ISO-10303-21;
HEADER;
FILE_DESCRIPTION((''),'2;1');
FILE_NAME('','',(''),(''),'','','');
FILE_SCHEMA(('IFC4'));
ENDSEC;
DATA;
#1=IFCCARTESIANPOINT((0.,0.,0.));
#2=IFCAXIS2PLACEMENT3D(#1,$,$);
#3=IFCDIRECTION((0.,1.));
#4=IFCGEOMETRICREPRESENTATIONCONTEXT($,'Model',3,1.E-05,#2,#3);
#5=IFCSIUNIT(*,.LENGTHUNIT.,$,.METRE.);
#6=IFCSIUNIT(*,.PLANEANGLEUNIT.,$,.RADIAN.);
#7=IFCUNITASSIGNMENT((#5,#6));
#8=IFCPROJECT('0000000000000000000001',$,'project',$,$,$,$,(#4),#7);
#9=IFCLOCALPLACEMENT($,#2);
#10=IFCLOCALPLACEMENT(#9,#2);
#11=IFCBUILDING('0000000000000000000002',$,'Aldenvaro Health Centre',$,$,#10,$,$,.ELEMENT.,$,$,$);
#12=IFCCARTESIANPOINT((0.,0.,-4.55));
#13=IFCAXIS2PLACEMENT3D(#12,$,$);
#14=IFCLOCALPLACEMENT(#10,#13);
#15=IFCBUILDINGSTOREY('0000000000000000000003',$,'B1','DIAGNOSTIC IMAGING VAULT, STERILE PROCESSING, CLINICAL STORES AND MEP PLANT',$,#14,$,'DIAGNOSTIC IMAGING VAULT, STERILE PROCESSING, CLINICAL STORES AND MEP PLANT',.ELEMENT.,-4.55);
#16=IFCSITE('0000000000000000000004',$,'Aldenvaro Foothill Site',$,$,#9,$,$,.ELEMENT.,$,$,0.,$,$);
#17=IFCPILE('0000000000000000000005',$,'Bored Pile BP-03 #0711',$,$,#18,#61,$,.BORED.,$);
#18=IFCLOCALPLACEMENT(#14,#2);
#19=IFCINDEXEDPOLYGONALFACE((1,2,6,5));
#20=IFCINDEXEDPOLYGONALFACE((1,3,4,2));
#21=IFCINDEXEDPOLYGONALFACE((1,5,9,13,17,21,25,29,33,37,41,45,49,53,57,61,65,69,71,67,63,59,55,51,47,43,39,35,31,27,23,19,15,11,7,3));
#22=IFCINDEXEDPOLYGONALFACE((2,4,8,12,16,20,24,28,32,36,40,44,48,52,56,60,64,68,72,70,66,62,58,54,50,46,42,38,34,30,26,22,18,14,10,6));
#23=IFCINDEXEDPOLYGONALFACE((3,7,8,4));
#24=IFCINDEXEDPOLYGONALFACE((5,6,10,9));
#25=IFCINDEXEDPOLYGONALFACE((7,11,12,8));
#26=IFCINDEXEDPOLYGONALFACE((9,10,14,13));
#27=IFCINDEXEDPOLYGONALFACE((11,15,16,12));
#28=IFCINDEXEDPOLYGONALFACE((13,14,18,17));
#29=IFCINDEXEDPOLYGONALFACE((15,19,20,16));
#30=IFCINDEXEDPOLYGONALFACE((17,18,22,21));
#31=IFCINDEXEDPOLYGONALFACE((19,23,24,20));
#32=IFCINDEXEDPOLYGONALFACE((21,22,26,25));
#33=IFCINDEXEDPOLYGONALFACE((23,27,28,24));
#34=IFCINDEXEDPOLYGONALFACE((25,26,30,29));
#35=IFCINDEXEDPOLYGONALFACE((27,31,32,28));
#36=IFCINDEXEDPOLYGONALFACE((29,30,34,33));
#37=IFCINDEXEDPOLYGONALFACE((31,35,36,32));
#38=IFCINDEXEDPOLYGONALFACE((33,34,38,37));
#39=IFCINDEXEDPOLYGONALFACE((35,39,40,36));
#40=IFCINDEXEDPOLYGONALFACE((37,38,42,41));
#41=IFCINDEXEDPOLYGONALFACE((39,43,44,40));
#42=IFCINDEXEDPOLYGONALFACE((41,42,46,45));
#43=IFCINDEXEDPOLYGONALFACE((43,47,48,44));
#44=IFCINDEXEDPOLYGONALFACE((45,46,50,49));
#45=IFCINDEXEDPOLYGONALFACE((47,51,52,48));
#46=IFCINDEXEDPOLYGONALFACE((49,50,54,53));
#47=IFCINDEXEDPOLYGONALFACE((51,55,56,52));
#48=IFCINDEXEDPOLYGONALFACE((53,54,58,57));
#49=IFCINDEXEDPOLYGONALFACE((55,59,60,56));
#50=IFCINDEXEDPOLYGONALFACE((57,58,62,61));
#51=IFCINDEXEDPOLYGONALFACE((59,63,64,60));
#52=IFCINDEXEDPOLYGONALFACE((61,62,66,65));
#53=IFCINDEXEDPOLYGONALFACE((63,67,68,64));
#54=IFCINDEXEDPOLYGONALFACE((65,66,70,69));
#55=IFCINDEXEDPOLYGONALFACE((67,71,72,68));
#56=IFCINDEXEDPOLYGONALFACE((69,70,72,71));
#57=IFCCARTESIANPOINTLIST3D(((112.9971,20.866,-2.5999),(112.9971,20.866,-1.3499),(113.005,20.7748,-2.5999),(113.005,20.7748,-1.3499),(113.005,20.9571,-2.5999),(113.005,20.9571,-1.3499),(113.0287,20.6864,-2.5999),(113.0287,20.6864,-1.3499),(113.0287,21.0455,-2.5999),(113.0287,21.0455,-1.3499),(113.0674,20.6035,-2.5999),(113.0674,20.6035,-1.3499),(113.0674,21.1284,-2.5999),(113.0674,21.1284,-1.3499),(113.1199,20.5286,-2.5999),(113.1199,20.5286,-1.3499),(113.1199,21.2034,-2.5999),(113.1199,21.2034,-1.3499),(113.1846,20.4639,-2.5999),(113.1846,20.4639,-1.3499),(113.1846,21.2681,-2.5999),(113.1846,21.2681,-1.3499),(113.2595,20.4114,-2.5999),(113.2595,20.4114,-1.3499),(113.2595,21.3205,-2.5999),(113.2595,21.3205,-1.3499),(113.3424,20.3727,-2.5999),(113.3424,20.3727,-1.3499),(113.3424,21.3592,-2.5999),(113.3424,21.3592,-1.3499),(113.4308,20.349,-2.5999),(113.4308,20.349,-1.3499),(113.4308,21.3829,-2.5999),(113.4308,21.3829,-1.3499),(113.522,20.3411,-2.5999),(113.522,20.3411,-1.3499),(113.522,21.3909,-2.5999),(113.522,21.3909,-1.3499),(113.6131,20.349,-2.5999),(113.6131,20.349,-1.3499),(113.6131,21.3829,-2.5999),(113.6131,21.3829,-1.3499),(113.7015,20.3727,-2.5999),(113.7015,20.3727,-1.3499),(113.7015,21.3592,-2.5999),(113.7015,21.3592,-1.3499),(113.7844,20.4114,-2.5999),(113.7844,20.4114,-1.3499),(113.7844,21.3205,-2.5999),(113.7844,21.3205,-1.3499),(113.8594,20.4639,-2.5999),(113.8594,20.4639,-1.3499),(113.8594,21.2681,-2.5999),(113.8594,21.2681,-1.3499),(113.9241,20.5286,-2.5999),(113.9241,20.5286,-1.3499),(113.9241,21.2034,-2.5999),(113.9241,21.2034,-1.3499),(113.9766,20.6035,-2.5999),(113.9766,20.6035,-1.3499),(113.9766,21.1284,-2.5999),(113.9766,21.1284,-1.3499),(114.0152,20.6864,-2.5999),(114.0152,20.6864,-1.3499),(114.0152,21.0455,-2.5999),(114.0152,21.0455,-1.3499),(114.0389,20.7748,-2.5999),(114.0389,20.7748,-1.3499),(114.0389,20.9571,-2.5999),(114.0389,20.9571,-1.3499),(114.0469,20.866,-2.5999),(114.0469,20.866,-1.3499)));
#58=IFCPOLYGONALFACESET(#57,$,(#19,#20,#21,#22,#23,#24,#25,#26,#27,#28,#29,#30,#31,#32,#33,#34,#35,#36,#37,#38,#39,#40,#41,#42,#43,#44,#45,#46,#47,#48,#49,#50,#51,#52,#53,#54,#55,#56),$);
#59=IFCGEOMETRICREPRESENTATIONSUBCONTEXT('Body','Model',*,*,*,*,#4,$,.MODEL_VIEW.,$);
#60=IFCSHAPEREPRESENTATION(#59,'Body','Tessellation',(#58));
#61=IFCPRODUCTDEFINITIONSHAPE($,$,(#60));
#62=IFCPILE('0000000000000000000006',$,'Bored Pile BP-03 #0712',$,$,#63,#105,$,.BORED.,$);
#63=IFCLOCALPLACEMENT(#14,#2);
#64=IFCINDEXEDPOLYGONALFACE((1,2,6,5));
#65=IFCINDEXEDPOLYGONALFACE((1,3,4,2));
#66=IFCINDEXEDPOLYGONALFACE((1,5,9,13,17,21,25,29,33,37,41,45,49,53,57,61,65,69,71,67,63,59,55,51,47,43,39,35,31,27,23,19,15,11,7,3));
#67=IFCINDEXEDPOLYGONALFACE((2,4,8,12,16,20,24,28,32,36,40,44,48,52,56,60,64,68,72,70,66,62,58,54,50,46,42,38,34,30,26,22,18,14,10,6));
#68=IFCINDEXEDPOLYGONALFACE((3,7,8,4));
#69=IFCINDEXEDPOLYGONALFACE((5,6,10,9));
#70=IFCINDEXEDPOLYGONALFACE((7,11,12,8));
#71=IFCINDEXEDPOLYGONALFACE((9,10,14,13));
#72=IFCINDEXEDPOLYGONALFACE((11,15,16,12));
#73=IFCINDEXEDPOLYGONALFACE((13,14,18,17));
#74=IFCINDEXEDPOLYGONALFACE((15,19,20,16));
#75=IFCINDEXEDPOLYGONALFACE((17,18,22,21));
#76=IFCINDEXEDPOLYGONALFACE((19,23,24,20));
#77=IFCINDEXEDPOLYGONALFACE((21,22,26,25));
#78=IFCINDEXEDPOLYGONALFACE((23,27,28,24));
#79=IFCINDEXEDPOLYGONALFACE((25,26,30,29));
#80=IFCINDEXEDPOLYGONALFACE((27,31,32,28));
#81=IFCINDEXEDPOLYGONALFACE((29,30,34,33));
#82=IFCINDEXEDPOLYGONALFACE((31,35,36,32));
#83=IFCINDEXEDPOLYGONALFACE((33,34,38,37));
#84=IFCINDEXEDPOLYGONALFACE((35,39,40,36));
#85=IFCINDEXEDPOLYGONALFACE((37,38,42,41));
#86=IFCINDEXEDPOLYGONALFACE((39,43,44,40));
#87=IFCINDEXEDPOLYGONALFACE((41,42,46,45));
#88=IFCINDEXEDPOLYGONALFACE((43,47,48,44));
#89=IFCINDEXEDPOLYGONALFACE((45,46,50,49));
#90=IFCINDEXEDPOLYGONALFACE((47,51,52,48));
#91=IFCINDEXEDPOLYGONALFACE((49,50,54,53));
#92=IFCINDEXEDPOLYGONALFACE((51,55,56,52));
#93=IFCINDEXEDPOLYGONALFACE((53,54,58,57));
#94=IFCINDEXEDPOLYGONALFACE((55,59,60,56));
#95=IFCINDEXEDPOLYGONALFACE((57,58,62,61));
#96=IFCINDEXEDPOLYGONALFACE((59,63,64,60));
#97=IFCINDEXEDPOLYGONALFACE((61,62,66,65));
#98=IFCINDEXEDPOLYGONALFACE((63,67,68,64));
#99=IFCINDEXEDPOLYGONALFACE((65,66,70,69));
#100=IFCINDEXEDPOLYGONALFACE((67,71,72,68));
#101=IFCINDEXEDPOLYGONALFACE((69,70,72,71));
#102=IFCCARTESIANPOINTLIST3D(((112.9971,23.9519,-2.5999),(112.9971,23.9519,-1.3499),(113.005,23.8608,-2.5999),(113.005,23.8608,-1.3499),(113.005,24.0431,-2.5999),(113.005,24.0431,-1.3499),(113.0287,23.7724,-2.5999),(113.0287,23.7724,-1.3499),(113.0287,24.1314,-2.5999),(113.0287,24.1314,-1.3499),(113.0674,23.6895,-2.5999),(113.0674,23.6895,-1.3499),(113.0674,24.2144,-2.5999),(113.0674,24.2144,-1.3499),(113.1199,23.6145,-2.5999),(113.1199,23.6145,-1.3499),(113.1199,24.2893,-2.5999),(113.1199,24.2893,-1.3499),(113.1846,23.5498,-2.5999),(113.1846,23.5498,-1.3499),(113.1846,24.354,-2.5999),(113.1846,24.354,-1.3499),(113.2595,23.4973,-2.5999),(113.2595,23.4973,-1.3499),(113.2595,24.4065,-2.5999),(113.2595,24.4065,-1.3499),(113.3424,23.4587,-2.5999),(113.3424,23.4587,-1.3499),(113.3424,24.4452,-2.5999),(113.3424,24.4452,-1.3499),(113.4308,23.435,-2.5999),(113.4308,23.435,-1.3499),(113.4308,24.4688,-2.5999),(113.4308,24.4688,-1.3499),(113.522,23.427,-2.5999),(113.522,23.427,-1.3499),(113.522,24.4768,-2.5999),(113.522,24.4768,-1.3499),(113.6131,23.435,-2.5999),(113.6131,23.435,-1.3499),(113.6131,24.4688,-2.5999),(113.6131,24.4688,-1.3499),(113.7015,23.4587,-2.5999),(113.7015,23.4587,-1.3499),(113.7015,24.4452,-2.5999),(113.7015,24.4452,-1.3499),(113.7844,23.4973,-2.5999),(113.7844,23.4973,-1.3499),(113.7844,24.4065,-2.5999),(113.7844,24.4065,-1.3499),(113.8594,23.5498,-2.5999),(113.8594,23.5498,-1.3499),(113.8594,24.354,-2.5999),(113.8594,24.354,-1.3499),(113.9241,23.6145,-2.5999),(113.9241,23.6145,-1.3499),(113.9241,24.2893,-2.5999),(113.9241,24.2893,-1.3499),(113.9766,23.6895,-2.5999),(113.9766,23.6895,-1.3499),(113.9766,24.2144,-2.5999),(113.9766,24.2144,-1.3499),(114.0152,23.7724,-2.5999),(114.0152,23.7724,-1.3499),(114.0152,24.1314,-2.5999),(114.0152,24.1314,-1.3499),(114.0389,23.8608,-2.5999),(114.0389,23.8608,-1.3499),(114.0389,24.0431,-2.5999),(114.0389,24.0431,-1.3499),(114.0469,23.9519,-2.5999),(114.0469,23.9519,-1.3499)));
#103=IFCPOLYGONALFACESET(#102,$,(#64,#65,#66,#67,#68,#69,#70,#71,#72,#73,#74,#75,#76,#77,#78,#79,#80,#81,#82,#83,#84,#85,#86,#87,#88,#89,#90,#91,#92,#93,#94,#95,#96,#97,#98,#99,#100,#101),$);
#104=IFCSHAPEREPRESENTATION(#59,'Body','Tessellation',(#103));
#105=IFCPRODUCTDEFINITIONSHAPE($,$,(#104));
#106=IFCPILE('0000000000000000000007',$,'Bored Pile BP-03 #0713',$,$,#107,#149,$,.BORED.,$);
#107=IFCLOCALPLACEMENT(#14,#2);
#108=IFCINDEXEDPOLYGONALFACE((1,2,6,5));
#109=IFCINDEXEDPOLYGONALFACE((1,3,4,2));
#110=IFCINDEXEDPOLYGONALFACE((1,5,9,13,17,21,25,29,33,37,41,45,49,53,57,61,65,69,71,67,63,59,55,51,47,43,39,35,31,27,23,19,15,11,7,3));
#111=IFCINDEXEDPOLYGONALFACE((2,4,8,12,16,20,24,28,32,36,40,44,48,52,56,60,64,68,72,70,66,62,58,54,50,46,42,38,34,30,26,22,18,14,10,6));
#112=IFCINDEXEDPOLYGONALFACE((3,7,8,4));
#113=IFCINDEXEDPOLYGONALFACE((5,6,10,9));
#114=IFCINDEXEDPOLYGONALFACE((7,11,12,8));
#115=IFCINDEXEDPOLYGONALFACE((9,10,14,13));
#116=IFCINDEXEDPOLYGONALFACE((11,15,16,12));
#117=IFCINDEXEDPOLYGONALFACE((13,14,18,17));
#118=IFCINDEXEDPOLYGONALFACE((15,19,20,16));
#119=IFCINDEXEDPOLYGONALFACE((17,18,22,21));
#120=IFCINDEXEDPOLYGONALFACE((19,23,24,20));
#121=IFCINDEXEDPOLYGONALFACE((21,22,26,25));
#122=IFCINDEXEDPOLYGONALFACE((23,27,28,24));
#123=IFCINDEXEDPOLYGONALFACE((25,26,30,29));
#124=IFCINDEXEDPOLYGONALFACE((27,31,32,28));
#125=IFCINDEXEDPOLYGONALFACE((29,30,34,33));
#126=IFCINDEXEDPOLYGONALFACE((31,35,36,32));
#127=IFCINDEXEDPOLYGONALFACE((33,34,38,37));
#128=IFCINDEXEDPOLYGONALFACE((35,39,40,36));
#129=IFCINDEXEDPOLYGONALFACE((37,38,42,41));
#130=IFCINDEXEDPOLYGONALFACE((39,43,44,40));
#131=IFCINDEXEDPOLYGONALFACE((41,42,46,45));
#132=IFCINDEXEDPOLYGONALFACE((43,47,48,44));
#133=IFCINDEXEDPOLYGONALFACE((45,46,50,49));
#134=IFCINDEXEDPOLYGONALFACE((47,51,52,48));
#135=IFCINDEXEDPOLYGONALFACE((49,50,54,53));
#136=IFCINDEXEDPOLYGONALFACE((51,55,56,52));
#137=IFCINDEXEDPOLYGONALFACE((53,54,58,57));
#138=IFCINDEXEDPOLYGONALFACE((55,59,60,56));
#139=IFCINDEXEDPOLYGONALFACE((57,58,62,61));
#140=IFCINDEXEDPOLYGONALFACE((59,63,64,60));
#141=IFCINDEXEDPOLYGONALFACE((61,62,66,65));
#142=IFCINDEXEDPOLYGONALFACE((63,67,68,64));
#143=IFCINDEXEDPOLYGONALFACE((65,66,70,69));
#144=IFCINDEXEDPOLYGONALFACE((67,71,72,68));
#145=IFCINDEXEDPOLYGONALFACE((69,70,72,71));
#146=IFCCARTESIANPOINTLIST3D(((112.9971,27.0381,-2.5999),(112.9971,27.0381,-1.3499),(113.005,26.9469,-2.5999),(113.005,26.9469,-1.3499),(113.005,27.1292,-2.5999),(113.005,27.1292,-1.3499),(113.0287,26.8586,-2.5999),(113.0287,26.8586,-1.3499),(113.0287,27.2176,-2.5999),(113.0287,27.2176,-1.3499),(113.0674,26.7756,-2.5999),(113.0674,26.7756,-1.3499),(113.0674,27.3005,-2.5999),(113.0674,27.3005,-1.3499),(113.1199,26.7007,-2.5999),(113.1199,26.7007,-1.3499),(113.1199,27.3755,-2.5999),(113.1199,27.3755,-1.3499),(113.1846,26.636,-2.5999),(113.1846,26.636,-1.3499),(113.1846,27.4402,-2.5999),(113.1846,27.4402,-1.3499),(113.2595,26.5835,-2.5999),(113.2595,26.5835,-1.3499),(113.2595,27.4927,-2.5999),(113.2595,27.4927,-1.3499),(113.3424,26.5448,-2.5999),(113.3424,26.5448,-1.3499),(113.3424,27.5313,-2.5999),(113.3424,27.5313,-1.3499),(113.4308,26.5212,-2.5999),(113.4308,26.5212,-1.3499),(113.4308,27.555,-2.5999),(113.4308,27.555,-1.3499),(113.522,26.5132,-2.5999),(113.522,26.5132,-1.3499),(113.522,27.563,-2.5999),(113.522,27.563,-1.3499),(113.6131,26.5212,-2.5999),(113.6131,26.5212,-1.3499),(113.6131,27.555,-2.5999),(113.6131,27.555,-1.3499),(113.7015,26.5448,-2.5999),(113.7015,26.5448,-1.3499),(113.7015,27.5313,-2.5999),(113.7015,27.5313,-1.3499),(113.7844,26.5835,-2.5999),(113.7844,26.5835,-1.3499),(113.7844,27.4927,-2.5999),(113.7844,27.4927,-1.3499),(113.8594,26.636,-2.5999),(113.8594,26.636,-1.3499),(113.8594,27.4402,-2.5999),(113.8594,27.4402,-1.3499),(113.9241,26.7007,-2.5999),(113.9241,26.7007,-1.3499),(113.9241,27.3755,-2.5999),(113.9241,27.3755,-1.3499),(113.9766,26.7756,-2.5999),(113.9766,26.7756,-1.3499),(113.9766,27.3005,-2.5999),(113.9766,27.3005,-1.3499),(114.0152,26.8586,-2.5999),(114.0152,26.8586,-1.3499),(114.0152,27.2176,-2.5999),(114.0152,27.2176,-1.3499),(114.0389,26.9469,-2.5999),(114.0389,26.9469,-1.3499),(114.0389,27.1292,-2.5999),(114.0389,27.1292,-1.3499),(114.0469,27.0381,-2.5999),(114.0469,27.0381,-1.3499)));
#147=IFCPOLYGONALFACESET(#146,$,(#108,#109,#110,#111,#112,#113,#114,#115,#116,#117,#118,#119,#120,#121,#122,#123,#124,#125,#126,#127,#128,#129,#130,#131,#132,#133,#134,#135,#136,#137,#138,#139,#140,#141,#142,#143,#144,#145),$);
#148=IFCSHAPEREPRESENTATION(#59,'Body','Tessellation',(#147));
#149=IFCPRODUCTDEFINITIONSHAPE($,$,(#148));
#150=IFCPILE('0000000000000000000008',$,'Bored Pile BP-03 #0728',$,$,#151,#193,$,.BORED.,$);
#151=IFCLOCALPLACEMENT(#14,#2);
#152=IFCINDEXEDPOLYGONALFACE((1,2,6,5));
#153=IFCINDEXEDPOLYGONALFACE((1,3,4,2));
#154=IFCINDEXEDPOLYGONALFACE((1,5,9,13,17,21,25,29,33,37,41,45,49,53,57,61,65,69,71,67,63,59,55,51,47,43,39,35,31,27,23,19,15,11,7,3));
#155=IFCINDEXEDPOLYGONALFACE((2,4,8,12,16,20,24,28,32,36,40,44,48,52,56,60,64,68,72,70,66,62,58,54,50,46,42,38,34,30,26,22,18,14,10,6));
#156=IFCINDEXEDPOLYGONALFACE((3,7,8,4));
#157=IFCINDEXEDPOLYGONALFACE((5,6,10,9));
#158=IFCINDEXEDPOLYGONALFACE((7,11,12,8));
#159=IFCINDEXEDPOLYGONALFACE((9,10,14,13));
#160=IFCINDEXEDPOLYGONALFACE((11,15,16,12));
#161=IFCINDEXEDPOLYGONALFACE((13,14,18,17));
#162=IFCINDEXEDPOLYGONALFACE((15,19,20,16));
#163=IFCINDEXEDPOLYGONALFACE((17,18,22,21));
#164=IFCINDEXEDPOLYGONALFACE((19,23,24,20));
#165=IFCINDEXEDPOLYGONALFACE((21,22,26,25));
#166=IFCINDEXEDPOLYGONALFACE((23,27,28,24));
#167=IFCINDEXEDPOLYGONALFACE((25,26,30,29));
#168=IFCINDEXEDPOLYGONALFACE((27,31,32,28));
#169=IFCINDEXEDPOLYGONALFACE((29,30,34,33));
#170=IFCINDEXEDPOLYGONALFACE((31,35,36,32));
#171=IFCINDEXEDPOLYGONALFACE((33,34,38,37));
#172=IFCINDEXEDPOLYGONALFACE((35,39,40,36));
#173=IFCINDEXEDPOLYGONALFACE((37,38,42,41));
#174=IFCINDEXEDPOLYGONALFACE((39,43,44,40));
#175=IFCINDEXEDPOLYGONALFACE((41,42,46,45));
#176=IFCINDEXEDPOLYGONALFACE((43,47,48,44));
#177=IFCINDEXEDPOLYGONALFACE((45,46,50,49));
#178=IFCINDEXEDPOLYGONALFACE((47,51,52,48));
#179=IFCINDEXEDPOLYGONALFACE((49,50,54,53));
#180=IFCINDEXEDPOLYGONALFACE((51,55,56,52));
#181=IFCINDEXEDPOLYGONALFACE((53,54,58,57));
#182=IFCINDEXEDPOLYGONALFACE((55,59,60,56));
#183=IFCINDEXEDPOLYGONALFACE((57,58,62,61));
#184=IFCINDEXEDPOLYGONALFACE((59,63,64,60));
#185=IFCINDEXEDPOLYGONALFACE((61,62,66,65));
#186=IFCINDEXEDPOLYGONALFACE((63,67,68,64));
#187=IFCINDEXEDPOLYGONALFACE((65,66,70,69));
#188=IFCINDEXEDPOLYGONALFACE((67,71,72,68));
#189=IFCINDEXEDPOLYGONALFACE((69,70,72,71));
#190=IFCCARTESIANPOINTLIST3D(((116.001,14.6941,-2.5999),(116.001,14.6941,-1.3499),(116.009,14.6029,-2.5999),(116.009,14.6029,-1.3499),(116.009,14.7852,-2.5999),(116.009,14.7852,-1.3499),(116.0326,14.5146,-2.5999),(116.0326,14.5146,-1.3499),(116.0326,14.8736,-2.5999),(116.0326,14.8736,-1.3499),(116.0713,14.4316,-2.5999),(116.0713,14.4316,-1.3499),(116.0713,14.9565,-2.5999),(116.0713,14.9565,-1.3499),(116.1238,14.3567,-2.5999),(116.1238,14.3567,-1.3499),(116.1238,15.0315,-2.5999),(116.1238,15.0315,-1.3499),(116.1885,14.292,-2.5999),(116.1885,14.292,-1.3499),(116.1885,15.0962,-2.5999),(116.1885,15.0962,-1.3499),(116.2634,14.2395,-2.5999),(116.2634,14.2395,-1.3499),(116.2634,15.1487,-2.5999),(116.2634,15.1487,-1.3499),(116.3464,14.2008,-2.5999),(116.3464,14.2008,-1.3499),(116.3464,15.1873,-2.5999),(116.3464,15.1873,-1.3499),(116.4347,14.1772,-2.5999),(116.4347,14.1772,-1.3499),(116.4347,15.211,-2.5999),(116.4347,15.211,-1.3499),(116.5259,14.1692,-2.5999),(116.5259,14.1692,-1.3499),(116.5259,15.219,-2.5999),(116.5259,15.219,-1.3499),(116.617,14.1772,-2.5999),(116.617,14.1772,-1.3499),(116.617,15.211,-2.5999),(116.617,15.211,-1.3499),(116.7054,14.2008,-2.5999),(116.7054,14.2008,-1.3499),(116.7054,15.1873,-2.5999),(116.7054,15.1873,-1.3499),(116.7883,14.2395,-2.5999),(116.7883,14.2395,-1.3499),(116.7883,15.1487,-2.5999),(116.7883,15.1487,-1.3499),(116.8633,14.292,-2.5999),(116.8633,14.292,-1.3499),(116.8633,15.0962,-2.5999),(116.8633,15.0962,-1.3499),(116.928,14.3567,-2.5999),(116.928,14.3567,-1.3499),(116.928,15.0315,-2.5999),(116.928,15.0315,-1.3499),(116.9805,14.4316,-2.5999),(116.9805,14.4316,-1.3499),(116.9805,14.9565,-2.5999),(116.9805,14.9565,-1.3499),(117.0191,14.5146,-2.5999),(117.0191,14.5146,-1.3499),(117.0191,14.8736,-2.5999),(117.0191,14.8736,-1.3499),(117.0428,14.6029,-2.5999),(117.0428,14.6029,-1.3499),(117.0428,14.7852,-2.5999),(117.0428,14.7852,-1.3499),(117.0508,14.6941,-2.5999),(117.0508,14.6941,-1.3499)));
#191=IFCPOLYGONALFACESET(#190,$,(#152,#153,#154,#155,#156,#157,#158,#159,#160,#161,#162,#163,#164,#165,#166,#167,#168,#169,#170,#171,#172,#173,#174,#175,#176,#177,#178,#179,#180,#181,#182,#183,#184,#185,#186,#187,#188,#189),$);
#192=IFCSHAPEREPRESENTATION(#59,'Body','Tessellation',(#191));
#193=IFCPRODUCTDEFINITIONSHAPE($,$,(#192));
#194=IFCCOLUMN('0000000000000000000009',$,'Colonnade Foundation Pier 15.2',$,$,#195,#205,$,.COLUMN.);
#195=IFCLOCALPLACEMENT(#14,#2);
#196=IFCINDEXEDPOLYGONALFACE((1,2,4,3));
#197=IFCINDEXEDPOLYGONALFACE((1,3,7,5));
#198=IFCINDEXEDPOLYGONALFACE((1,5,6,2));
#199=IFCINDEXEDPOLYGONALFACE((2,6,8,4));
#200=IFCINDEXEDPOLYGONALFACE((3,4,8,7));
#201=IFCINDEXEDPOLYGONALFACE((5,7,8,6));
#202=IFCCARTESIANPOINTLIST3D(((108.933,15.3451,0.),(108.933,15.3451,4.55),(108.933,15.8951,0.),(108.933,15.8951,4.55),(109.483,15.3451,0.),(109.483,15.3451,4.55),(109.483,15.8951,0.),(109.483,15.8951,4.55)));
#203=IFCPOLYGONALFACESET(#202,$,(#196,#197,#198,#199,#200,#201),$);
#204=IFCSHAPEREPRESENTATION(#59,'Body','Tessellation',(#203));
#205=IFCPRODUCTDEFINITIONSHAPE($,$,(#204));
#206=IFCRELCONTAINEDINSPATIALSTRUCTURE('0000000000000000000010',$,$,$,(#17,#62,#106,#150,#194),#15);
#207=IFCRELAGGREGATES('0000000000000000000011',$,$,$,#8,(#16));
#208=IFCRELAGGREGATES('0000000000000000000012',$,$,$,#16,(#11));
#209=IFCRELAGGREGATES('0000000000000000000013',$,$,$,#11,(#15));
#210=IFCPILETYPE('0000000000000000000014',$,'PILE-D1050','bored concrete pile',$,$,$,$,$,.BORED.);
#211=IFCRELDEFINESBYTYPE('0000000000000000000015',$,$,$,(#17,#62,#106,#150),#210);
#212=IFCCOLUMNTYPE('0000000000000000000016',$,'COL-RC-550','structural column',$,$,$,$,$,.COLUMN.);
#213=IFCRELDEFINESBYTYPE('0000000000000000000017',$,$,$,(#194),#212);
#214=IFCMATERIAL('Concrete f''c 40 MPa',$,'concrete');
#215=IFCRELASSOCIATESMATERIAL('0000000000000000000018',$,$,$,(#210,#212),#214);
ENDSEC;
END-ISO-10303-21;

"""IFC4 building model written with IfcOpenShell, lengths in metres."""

from ifc_helpers import new_model, si_unit, direction, frame, origin, origin_2d, place, context, subcontext, project, spatial, rectangle, circle, extrude, material, material_profile, profile_set, type_object, element, save


model = new_model("IFC4")

# Units and contexts
model_context = context("Model", 3, precision=1e-05, world=origin(), true_north=direction((0.0, 1.0)))
body_context = subcontext(model_context, "Body", "Model", "MODEL_VIEW")
ifc_project = project(units=[si_unit("LENGTHUNIT", "METRE"), si_unit("PLANEANGLEUNIT", "RADIAN")], contexts=[model_context])

# Site, building, storey
site_placement = place(None, origin())
site = spatial("IfcSite", under=ifc_project, at=site_placement, Name="Aldenvaro Foothill Site", CompositionType="ELEMENT", RefElevation=0.0)
building_placement = place(site_placement, origin())
building = spatial("IfcBuilding", under=site, at=building_placement, Name="Aldenvaro Health Centre", CompositionType="ELEMENT")
storey_placement = place(building_placement, frame((0.0, 0.0, -4.55)))
storey = spatial("IfcBuildingStorey", under=building, at=storey_placement, Name="B1", Description="DIAGNOSTIC IMAGING VAULT, STERILE PROCESSING, CLINICAL STORES AND MEP PLANT", LongName="DIAGNOSTIC IMAGING VAULT, STERILE PROCESSING, CLINICAL STORES AND MEP PLANT", CompositionType="ELEMENT", Elevation=-4.55)

# Piles
ifc_material_1 = material(Name="Concrete f'c 40 MPa", Category="concrete")
ifc_material_profile_1 = material_profile(ifc_material_1, circle(Radius=0.5249, at=origin_2d()), Name="PILE D1050", Category="concrete")
ifc_profile_set_1 = profile_set([ifc_material_profile_1], Name="Concrete f'c 40 MPa")
pile_type = type_object("IfcPileType", Name="PILE-D1050", Description="bored concrete pile", PredefinedType="BORED", material=ifc_profile_set_1)
for number, where, z_axis, x_axis, name in (
    (1, (113.522, 20.866, -1.3499), (0.0, 0.0, -1.0), (1.0, 0.0, 0.0), "Bored Pile BP-03 #0711"),
    (2, (113.522, 23.9519, -1.3499), (0.0, 0.0, -1.0), (1.0, 0.0, 0.0), "Bored Pile BP-03 #0712"),
    (3, (113.522, 27.0381, -1.3499), (0.0, 0.0, -1.0), (1.0, 0.0, 0.0), "Bored Pile BP-03 #0713"),
    (4, (116.5259, 14.6941, -1.3499), (0.0, 0.0, -1.0), (1.0, 0.0, 0.0), "Bored Pile BP-03 #0728"),
):
    element("IfcPile", number, at=place(storey_placement, frame(where, z_axis=z_axis, x_axis=x_axis)), inside=storey, type_object=pile_type, Name=name, PredefinedType="BORED", context=body_context, shape_type="SweptSolid", body=[
        extrude(circle(Radius=0.5249, at=origin_2d()), origin(), (0.0, 0.0, 1.0), 1.25),
    ])

# Column
ifc_material_profile_2 = material_profile(ifc_material_1, rectangle(XDim=0.55, YDim=0.55, at=origin_2d()), Name="RC 550x550", Category="concrete")
ifc_profile_set_2 = profile_set([ifc_material_profile_2], Name="Concrete f'c 40 MPa")
column_type = type_object("IfcColumnType", Name="COL-RC-550", Description="structural column", PredefinedType="COLUMN", material=ifc_profile_set_2)
for number, where, z_axis, x_axis, name in (
    (5, (109.208, 15.6201, 0.0), (0.0, 0.0, 1.0), (1.0, 0.0, 0.0), "Colonnade Foundation Pier 15.2"),
):
    element("IfcColumn", number, at=place(storey_placement, frame(where, z_axis=z_axis, x_axis=x_axis)), inside=storey, type_object=column_type, Name=name, PredefinedType="COLUMN", context=body_context, shape_type="SweptSolid", body=[
        extrude(rectangle(XDim=0.55, YDim=0.55, at=origin_2d()), origin(), (0.0, 0.0, 1.0), 4.55),
    ])

save(model, "model.ifc")
